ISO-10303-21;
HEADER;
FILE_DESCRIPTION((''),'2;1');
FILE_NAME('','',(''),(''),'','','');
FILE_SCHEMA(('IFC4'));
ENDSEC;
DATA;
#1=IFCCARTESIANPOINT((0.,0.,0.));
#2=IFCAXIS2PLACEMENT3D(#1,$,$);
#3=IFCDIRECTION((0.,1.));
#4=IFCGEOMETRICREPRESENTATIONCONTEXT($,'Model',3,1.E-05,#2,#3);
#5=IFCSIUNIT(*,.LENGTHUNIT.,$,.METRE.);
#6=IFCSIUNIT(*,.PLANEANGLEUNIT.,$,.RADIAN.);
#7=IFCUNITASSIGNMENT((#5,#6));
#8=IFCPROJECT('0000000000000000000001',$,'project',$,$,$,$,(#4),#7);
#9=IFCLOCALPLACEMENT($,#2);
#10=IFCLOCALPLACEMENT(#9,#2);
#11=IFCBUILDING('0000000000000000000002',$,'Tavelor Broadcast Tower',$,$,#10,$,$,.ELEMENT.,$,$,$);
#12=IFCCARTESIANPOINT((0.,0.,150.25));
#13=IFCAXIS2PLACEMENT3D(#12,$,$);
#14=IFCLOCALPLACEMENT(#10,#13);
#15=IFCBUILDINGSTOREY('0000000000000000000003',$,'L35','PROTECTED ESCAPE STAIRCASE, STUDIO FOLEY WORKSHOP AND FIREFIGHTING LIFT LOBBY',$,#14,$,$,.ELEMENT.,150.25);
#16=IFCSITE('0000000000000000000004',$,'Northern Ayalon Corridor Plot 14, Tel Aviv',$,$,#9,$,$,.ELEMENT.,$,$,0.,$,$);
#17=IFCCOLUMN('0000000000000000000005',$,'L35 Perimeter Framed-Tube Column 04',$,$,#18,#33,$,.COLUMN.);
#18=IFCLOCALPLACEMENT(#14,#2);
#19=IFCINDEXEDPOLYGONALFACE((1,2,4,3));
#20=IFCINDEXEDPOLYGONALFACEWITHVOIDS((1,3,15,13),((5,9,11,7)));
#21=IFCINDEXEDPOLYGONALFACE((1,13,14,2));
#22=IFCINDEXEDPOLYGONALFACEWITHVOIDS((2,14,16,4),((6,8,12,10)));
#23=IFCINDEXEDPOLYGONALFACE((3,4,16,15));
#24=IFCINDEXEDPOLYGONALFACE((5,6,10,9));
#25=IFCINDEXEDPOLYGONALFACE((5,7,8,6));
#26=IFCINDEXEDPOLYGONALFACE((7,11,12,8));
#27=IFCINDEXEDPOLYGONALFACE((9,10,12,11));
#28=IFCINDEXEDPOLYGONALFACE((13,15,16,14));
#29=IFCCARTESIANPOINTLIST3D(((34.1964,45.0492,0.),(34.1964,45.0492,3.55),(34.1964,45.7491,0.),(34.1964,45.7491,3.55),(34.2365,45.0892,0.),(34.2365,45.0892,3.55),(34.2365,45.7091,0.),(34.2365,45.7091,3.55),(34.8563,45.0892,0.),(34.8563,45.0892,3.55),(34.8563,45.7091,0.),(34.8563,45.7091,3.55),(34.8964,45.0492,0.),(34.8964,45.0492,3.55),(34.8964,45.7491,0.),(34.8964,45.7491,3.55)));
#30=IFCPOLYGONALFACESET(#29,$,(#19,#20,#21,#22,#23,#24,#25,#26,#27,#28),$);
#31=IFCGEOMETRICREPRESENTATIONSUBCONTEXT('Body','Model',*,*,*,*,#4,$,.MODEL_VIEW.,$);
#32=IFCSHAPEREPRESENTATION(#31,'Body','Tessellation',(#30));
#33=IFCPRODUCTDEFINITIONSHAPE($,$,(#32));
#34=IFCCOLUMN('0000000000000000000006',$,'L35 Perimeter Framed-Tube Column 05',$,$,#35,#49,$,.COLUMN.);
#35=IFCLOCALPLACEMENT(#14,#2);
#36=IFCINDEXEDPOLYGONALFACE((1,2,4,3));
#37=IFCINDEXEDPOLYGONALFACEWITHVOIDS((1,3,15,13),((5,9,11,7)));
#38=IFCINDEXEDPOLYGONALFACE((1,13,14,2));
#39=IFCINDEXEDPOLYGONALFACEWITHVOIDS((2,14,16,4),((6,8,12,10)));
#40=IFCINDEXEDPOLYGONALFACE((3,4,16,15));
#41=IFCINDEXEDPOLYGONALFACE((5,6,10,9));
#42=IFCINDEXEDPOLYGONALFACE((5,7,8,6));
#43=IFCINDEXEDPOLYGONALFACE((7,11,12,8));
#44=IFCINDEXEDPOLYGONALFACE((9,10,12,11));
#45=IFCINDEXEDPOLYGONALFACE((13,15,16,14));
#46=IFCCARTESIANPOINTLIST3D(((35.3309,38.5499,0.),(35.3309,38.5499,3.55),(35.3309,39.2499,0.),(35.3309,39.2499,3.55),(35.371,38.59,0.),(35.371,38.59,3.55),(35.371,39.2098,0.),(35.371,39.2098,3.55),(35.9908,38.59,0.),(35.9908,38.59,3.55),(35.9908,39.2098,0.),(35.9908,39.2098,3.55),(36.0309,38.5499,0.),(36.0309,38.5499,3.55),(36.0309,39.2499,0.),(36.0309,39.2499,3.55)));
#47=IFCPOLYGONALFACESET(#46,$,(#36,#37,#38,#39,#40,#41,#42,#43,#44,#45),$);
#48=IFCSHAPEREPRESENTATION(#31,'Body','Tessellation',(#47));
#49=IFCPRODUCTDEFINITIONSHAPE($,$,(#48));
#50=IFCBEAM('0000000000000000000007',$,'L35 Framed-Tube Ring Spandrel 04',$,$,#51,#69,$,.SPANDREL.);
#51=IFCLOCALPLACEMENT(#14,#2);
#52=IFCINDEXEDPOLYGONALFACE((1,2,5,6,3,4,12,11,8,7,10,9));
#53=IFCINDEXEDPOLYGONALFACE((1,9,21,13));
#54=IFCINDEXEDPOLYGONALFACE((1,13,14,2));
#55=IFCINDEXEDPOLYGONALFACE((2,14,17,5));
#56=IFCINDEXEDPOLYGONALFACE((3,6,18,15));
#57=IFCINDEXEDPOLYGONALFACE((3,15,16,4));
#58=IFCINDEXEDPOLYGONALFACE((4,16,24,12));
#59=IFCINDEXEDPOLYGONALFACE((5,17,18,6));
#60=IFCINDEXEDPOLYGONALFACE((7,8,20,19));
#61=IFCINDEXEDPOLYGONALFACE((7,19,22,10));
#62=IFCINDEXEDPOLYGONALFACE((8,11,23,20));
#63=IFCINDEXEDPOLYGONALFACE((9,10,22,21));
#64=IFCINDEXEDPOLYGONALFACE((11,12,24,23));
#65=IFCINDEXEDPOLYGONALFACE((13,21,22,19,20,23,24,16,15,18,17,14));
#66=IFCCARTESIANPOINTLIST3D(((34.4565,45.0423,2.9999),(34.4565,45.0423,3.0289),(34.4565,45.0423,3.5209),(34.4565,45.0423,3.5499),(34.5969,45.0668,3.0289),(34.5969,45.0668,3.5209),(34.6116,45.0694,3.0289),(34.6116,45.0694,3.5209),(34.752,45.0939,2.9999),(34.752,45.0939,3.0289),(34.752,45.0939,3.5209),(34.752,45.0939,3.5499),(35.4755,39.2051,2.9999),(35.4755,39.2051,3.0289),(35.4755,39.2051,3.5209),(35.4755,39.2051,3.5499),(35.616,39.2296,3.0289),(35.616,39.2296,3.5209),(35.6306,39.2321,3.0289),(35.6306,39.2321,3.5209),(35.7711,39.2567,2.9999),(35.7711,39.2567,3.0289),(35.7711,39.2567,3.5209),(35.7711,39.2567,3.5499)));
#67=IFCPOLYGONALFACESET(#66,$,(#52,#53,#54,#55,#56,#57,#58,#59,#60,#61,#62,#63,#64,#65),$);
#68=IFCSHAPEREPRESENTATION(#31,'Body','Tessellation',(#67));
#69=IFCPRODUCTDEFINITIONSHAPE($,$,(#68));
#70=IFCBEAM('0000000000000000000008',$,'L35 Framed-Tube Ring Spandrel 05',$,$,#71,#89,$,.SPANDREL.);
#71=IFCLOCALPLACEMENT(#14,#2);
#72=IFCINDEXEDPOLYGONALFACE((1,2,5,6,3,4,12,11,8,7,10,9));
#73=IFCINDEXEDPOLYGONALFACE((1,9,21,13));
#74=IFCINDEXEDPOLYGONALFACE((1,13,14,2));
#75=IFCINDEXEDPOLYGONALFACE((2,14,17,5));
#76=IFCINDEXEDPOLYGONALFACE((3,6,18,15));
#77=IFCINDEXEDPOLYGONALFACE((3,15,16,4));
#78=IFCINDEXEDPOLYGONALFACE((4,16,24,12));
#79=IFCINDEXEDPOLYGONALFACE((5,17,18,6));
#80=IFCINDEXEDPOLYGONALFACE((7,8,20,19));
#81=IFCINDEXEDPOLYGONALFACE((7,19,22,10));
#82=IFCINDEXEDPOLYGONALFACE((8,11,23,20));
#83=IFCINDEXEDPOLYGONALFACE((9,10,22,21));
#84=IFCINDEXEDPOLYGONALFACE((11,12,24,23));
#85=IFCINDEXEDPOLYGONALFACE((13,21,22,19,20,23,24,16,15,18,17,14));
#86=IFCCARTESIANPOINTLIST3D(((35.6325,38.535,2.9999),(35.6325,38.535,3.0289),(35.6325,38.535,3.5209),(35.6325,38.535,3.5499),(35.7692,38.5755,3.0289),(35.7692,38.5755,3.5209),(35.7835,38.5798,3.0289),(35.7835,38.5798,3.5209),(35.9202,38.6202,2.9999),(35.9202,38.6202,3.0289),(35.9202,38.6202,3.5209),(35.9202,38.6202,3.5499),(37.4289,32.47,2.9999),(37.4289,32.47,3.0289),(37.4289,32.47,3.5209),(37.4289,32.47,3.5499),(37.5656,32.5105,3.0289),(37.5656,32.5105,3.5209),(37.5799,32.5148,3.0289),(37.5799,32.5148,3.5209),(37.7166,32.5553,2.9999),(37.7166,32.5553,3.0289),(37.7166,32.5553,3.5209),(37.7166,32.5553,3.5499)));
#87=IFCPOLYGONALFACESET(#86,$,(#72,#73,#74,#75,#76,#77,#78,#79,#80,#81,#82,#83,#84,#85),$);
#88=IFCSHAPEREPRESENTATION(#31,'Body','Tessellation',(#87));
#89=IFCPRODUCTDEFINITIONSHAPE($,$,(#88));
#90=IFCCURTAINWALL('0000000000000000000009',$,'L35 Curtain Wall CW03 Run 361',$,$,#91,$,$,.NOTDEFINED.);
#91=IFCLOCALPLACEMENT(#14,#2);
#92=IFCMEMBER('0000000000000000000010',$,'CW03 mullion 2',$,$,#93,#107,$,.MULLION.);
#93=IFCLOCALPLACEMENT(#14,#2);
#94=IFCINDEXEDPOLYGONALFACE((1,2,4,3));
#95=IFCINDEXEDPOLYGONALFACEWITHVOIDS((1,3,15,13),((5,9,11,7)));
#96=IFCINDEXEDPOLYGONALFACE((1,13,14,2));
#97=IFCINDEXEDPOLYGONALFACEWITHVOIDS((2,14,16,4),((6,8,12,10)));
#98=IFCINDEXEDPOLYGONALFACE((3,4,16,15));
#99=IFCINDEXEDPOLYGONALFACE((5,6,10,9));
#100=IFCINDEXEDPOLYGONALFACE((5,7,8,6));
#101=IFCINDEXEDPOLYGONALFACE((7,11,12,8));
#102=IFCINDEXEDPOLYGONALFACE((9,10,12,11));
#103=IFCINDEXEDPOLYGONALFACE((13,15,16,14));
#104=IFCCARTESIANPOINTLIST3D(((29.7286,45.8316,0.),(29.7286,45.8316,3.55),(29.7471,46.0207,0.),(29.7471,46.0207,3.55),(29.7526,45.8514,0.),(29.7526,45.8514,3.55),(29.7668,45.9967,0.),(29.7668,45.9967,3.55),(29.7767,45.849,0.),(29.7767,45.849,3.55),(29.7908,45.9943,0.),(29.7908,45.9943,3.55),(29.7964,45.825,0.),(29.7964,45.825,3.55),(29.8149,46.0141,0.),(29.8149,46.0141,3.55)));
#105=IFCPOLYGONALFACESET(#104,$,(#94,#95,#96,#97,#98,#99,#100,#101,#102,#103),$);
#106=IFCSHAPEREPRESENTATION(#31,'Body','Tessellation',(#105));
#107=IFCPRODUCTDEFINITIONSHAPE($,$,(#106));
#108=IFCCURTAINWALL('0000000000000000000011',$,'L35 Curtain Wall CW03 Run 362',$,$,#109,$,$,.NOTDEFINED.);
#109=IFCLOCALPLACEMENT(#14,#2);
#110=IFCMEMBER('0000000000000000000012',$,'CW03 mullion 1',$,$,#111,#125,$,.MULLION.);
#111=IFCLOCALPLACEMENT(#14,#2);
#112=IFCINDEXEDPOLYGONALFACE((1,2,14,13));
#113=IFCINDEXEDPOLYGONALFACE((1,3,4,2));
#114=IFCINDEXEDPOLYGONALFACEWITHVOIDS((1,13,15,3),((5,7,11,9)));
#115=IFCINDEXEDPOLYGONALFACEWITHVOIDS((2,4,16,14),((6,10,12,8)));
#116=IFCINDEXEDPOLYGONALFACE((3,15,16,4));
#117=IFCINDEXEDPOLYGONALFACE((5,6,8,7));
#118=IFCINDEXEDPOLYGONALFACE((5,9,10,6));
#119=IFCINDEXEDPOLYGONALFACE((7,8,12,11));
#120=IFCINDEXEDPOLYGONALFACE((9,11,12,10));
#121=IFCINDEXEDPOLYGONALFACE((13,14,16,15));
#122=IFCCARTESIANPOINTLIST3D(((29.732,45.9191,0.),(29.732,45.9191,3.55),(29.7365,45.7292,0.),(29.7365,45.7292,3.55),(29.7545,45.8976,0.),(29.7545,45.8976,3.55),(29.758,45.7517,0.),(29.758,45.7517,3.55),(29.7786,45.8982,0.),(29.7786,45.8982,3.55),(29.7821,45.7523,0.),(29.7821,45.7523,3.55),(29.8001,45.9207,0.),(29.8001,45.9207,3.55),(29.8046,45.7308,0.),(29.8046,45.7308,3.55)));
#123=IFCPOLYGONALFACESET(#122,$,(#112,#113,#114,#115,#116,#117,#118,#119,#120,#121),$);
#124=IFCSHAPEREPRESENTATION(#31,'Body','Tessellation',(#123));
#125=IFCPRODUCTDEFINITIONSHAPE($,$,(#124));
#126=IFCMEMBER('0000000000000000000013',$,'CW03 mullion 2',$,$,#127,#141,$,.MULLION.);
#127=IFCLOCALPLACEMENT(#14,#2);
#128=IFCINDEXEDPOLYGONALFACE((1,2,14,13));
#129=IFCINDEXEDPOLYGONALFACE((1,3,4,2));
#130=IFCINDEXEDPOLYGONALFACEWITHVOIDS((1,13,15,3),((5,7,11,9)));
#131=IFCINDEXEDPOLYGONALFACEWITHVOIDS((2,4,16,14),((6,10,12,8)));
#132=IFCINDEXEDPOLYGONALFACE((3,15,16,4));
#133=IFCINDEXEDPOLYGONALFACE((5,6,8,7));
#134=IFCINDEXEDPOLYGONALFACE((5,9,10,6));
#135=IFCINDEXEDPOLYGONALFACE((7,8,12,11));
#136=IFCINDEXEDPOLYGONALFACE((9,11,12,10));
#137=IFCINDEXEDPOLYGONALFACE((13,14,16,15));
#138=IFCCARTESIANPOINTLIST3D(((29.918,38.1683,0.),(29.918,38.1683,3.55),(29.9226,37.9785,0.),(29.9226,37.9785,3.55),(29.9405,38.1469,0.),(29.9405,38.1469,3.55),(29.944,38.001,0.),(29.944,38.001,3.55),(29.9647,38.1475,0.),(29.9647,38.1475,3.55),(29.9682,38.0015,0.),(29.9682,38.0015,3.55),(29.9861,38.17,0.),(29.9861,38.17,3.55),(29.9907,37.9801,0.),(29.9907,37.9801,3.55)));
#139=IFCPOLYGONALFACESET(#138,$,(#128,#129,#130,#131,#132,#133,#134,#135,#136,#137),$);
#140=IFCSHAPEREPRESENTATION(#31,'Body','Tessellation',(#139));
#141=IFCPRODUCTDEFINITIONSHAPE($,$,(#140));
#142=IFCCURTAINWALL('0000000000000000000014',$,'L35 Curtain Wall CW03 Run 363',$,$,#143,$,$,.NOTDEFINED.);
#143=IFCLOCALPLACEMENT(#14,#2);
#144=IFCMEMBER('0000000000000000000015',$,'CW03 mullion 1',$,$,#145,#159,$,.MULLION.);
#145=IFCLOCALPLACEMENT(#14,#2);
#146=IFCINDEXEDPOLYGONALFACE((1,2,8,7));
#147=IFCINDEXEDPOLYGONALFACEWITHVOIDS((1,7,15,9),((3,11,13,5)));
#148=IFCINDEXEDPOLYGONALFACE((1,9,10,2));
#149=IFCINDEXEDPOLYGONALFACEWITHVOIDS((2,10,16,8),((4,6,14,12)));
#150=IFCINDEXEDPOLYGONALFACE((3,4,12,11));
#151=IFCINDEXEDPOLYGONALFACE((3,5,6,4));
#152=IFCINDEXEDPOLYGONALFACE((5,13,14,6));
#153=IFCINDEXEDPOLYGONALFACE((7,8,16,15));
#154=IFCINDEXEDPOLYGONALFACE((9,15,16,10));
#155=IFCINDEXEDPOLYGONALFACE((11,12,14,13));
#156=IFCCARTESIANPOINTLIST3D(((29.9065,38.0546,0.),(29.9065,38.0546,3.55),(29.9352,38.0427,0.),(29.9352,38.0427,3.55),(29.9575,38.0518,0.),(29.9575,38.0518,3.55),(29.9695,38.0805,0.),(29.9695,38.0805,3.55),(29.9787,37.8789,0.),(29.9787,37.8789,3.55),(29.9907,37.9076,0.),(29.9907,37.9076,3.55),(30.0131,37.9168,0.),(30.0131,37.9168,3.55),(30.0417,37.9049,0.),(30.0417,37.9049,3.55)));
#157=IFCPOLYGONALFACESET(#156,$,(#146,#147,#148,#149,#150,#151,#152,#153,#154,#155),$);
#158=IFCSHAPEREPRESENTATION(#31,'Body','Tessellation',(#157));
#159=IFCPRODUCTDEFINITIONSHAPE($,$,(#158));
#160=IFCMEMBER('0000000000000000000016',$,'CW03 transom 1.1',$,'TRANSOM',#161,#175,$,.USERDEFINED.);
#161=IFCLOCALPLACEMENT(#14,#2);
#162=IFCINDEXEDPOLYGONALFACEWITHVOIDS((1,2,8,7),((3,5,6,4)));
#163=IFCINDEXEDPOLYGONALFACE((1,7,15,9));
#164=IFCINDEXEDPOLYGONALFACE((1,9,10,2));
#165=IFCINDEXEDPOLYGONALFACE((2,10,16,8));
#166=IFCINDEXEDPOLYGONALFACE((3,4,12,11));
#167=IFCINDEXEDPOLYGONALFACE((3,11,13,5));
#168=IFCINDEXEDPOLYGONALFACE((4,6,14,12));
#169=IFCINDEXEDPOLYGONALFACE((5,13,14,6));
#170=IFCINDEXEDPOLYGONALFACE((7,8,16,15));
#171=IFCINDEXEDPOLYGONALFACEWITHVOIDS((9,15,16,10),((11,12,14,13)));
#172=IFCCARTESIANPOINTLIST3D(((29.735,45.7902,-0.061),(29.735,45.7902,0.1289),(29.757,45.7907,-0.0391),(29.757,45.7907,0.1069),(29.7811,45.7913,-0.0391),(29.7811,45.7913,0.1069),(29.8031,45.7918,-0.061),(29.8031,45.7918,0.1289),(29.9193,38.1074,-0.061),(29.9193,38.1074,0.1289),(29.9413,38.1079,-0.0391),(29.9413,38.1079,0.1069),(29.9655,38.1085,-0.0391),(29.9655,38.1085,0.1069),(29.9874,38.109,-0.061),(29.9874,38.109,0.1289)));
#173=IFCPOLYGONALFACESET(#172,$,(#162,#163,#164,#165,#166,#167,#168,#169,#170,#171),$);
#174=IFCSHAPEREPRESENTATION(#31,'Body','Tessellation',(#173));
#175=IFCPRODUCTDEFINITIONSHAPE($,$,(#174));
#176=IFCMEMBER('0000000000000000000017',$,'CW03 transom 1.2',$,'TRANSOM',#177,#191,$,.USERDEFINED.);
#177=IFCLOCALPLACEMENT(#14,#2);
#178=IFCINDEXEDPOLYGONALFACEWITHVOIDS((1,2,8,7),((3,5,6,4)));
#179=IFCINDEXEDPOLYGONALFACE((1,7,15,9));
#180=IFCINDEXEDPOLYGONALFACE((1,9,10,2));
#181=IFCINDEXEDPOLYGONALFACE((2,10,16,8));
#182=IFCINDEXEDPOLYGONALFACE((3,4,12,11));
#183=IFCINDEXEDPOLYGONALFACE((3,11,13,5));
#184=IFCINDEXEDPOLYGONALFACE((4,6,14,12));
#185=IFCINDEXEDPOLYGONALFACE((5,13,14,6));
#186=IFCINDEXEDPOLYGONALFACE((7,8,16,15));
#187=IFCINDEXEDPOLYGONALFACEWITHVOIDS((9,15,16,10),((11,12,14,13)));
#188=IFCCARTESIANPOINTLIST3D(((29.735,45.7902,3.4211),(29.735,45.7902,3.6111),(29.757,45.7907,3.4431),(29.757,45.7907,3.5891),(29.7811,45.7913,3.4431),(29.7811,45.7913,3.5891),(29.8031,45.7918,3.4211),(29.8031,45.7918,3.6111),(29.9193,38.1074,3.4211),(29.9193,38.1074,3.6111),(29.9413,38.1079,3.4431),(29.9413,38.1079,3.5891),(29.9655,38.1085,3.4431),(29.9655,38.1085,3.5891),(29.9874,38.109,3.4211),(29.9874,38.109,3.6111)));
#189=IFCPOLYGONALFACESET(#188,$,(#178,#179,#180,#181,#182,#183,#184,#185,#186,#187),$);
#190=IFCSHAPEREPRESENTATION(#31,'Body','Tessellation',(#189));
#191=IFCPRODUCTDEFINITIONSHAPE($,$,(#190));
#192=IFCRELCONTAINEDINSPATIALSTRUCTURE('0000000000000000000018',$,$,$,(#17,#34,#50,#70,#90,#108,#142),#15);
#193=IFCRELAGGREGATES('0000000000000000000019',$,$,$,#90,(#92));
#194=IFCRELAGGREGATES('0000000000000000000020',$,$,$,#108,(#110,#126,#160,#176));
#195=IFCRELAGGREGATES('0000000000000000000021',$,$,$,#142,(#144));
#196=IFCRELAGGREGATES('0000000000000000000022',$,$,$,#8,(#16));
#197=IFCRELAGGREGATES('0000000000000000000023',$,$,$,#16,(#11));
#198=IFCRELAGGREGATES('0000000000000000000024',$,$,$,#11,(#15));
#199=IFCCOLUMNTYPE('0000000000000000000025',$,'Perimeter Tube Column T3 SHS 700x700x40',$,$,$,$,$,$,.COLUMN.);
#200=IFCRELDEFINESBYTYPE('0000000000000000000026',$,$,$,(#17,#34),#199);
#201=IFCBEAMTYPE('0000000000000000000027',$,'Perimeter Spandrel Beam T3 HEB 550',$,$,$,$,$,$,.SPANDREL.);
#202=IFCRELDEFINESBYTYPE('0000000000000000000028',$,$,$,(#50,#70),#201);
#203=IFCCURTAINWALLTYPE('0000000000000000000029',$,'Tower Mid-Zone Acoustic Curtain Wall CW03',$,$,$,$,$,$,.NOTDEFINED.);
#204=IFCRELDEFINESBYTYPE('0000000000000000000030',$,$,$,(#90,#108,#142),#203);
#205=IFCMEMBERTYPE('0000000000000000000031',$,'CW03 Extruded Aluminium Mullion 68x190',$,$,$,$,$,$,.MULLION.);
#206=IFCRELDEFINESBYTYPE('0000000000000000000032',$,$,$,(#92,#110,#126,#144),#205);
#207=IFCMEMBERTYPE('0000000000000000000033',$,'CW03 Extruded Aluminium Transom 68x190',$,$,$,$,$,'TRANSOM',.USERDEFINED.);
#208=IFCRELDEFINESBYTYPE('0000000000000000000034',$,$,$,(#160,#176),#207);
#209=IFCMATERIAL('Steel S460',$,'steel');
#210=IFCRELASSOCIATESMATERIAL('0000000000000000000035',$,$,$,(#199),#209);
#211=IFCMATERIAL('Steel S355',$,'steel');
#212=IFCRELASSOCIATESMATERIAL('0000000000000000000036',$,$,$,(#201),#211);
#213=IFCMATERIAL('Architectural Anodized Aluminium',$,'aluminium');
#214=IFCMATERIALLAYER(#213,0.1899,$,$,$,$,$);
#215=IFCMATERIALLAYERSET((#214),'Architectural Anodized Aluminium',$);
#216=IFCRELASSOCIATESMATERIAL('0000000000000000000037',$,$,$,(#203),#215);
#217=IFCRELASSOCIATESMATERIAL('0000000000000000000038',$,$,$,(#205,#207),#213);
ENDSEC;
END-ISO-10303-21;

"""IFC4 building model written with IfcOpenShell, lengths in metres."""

from ifc_helpers import new_model, si_unit, direction, frame, origin, origin_2d, place, context, subcontext, project, spatial, hollow_rectangle, i_section, extrude, source, transform, mapped, material, layer, layer_set, material_profile, profile_set, type_object, type_shapes, element, aggregate, save


model = new_model("IFC4")

# Units and contexts
model_context = context("Model", 3, precision=1e-05, world=origin(), true_north=direction((0.0, 1.0)))
body_context = subcontext(model_context, "Body", "Model", "MODEL_VIEW")
ifc_project = project(units=[si_unit("LENGTHUNIT", "METRE"), si_unit("PLANEANGLEUNIT", "RADIAN")], contexts=[model_context])

# Site, building, storey
site_placement = place(None, origin())
site = spatial("IfcSite", under=ifc_project, at=site_placement, Name="Northern Ayalon Corridor Plot 14, Tel Aviv", CompositionType="ELEMENT", RefElevation=0.0)
building_placement = place(site_placement, origin())
building = spatial("IfcBuilding", under=site, at=building_placement, Name="Tavelor Broadcast Tower", CompositionType="ELEMENT")
storey_placement = place(building_placement, frame((0.0, 0.0, 150.25)))
storey = spatial("IfcBuildingStorey", under=building, at=storey_placement, Name="L35", Description="PROTECTED ESCAPE STAIRCASE, STUDIO FOLEY WORKSHOP AND FIREFIGHTING LIFT LOBBY", CompositionType="ELEMENT", Elevation=150.25)

# Columns
ifc_material_1 = material(Name="Steel S460", Category="steel")
ifc_material_profile_1 = material_profile(ifc_material_1, hollow_rectangle(XDim=0.7, YDim=0.7, WallThickness=0.04, at=origin_2d()), Name="SHS 700x700x40")
ifc_profile_set_1 = profile_set([ifc_material_profile_1], Name="Steel S460")
column_type = type_object("IfcColumnType", Name="Perimeter Tube Column T3 SHS 700x700x40", PredefinedType="COLUMN", material=ifc_profile_set_1)
for number, where, z_axis, x_axis, name in (
    (1, (34.5464, 45.3992, 0.0), (0.0, 0.0, 1.0), (1.0, 0.0, 0.0), "L35 Perimeter Framed-Tube Column 04"),
    (2, (35.6809, 38.8999, 0.0), (0.0, 0.0, 1.0), (1.0, 0.0, 0.0), "L35 Perimeter Framed-Tube Column 05"),
):
    element("IfcColumn", number, at=place(storey_placement, frame(where, z_axis=z_axis, x_axis=x_axis)), inside=storey, type_object=column_type, Name=name, PredefinedType="COLUMN", context=body_context, shape_type="SweptSolid", body=[
        extrude(hollow_rectangle(XDim=0.7, YDim=0.7, WallThickness=0.04, at=origin_2d()), origin(), (0.0, 0.0, 1.0), 3.55),
    ])

# Beams
ifc_material_2 = material(Name="Steel S355", Category="steel")
ifc_material_profile_2 = material_profile(ifc_material_2, i_section(OverallWidth=0.3, OverallDepth=0.55, WebThickness=0.0149, FlangeThickness=0.0291, at=origin_2d()), Name="HEB 550")
ifc_profile_set_2 = profile_set([ifc_material_profile_2], Name="Steel S355")
beam_type = type_object("IfcBeamType", Name="Perimeter Spandrel Beam T3 HEB 550", PredefinedType="SPANDREL", material=ifc_profile_set_2)
beam_1_placement = place(storey_placement, frame((34.6042, 45.0681, 3.2749), z_axis=(0.171978, -0.985101, 0.0), x_axis=(0.985101, 0.171978, 0.0)))
element("IfcBeam", 3, at=beam_1_placement, inside=storey, type_object=beam_type, Name="L35 Framed-Tube Ring Spandrel 04", PredefinedType="SPANDREL", context=body_context, shape_type="SweptSolid", body=[
    extrude(i_section(OverallWidth=0.3, OverallDepth=0.55, WebThickness=0.0149, FlangeThickness=0.0291, at=origin_2d()), origin(), (0.0, 0.0, 1.0), 5.9255),
])
beam_2_placement = place(storey_placement, frame((35.7764, 38.5776, 3.2749), z_axis=(0.283996, -0.958825, 0.0), x_axis=(0.958825, 0.283996, 0.0)))
element("IfcBeam", 4, at=beam_2_placement, inside=storey, type_object=beam_type, Name="L35 Framed-Tube Ring Spandrel 05", PredefinedType="SPANDREL", context=body_context, shape_type="SweptSolid", body=[
    extrude(i_section(OverallWidth=0.3, OverallDepth=0.55, WebThickness=0.0149, FlangeThickness=0.0291, at=origin_2d()), origin(), (0.0, 0.0, 1.0), 6.3254),
])

# Curtain wall, member
ifc_material_3 = material(Name="Architectural Anodized Aluminium", Category="aluminium")
ifc_layer_1 = layer(ifc_material_3, 0.1899)
ifc_layer_set_1 = layer_set([ifc_layer_1], Name="Architectural Anodized Aluminium")
curtain_wall_type = type_object("IfcCurtainWallType", Name="Tower Mid-Zone Acoustic Curtain Wall CW03", PredefinedType="NOTDEFINED", material=ifc_layer_set_1)
curtain_wall_1_placement = place(storey_placement, origin())
curtain_wall_1 = element("IfcCurtainWall", 5, at=curtain_wall_1_placement, inside=storey, type_object=curtain_wall_type, Name="L35 Curtain Wall CW03 Run 361", PredefinedType="NOTDEFINED")
ifc_material_profile_3 = material_profile(ifc_material_3, hollow_rectangle(XDim=0.0681, YDim=0.1899, WallThickness=0.022, at=origin_2d()), Name="RHS 68x190x22")
ifc_profile_set_3 = profile_set([ifc_material_profile_3], Name="Architectural Anodized Aluminium")
member_type_1 = type_object("IfcMemberType", Name="CW03 Extruded Aluminium Mullion 68x190", PredefinedType="MULLION", material=ifc_profile_set_3)
shared_shape_1 = source(origin(), body_context, "Body", "SweptSolid", [
    extrude(hollow_rectangle(XDim=0.0681, YDim=0.1899, WallThickness=0.022, at=origin_2d()), origin(), (0.0, 0.0, 1.0), 3.55),
])
type_shapes(member_type_1, [shared_shape_1])
member_1_placement = place(storey_placement, frame((29.7717, 45.9229, 0.0), z_axis=(0.0, 0.0, 1.0), x_axis=(0.995269, -0.097156, 0.0)))
member_1 = element("IfcMember", 6, at=member_1_placement, type_object=member_type_1, Name="CW03 mullion 2", PredefinedType="MULLION", context=body_context, shape_type="MappedRepresentation", body=[
    mapped(shared_shape_1, transform((0.0, 0.0, 0.0), scale=1.0)),
])
aggregate(curtain_wall_1, [member_1])

# Curtain wall, members
curtain_wall_2_placement = place(storey_placement, origin())
curtain_wall_2 = element("IfcCurtainWall", 7, at=curtain_wall_2_placement, inside=storey, type_object=curtain_wall_type, Name="L35 Curtain Wall CW03 Run 362", PredefinedType="NOTDEFINED")
member_2_placement = place(storey_placement, frame((29.7683, 45.825, 0.0), z_axis=(0.0, 0.0, 1.0), x_axis=(0.999712, 0.023999, 0.0)))
member_2 = element("IfcMember", 8, at=member_2_placement, type_object=member_type_1, Name="CW03 mullion 1", PredefinedType="MULLION", context=body_context, shape_type="MappedRepresentation", body=[
    mapped(shared_shape_1, transform((0.0, 0.0, 0.0), scale=1.0)),
])
member_3_placement = place(storey_placement, frame((29.9543, 38.0742, 0.0), z_axis=(0.0, 0.0, 1.0), x_axis=(0.999712, 0.023999, 0.0)))
member_3 = element("IfcMember", 9, at=member_3_placement, type_object=member_type_1, Name="CW03 mullion 2", PredefinedType="MULLION", context=body_context, shape_type="MappedRepresentation", body=[
    mapped(shared_shape_1, transform((0.0, 0.0, 0.0), scale=1.0)),
])

# Curtain wall, member
curtain_wall_3_placement = place(storey_placement, origin())
curtain_wall_3 = element("IfcCurtainWall", 10, at=curtain_wall_3_placement, inside=storey, type_object=curtain_wall_type, Name="L35 Curtain Wall CW03 Run 363", PredefinedType="NOTDEFINED")
member_4_placement = place(storey_placement, frame((29.9741, 37.9797, 0.0), z_axis=(0.0, 0.0, 1.0), x_axis=(0.924839, 0.380358, 0.0)))
member_4 = element("IfcMember", 11, at=member_4_placement, type_object=member_type_1, Name="CW03 mullion 1", PredefinedType="MULLION", context=body_context, shape_type="MappedRepresentation", body=[
    mapped(shared_shape_1, transform((0.0, 0.0, 0.0), scale=1.0)),
])

# Members
ifc_material_profile_4 = material_profile(ifc_material_3, hollow_rectangle(XDim=0.0681, YDim=0.1899, WallThickness=0.022, at=origin_2d()), Name="RHS 68x190x22")
ifc_profile_set_4 = profile_set([ifc_material_profile_4], Name="Architectural Anodized Aluminium")
member_type_2 = type_object("IfcMemberType", Name="CW03 Extruded Aluminium Transom 68x190", ElementType="TRANSOM", PredefinedType="USERDEFINED", material=ifc_profile_set_4)
shared_shape_2 = source(origin(), body_context, "Body", "SweptSolid", [
    extrude(hollow_rectangle(XDim=0.0681, YDim=0.1899, WallThickness=0.022, at=origin_2d()), origin(), (0.0, 0.0, 1.0), 7.6851),
])
member_5_placement = place(storey_placement, frame((29.769, 45.791, 0.0339), z_axis=(0.023985, -0.999712, 0.0), x_axis=(0.999712, 0.023985, 0.0)))
member_5 = element("IfcMember", 12, at=member_5_placement, type_object=member_type_2, Name="CW03 transom 1.1", ObjectType="TRANSOM", PredefinedType="USERDEFINED", context=body_context, shape_type="MappedRepresentation", body=[
    mapped(shared_shape_2, transform((0.0, 0.0, 0.0), scale=1.0)),
])
member_6_placement = place(storey_placement, frame((29.769, 45.791, 3.5161), z_axis=(0.023985, -0.999712, 0.0), x_axis=(0.999712, 0.023985, 0.0)))
member_6 = element("IfcMember", 13, at=member_6_placement, type_object=member_type_2, Name="CW03 transom 1.2", ObjectType="TRANSOM", PredefinedType="USERDEFINED", context=body_context, shape_type="MappedRepresentation", body=[
    mapped(shared_shape_2, transform((0.0, 0.0, 0.0), scale=1.0)),
])

aggregate(curtain_wall_2, [member_2, member_3, member_5, member_6])
aggregate(curtain_wall_3, [member_4])

save(model, "model.ifc")
